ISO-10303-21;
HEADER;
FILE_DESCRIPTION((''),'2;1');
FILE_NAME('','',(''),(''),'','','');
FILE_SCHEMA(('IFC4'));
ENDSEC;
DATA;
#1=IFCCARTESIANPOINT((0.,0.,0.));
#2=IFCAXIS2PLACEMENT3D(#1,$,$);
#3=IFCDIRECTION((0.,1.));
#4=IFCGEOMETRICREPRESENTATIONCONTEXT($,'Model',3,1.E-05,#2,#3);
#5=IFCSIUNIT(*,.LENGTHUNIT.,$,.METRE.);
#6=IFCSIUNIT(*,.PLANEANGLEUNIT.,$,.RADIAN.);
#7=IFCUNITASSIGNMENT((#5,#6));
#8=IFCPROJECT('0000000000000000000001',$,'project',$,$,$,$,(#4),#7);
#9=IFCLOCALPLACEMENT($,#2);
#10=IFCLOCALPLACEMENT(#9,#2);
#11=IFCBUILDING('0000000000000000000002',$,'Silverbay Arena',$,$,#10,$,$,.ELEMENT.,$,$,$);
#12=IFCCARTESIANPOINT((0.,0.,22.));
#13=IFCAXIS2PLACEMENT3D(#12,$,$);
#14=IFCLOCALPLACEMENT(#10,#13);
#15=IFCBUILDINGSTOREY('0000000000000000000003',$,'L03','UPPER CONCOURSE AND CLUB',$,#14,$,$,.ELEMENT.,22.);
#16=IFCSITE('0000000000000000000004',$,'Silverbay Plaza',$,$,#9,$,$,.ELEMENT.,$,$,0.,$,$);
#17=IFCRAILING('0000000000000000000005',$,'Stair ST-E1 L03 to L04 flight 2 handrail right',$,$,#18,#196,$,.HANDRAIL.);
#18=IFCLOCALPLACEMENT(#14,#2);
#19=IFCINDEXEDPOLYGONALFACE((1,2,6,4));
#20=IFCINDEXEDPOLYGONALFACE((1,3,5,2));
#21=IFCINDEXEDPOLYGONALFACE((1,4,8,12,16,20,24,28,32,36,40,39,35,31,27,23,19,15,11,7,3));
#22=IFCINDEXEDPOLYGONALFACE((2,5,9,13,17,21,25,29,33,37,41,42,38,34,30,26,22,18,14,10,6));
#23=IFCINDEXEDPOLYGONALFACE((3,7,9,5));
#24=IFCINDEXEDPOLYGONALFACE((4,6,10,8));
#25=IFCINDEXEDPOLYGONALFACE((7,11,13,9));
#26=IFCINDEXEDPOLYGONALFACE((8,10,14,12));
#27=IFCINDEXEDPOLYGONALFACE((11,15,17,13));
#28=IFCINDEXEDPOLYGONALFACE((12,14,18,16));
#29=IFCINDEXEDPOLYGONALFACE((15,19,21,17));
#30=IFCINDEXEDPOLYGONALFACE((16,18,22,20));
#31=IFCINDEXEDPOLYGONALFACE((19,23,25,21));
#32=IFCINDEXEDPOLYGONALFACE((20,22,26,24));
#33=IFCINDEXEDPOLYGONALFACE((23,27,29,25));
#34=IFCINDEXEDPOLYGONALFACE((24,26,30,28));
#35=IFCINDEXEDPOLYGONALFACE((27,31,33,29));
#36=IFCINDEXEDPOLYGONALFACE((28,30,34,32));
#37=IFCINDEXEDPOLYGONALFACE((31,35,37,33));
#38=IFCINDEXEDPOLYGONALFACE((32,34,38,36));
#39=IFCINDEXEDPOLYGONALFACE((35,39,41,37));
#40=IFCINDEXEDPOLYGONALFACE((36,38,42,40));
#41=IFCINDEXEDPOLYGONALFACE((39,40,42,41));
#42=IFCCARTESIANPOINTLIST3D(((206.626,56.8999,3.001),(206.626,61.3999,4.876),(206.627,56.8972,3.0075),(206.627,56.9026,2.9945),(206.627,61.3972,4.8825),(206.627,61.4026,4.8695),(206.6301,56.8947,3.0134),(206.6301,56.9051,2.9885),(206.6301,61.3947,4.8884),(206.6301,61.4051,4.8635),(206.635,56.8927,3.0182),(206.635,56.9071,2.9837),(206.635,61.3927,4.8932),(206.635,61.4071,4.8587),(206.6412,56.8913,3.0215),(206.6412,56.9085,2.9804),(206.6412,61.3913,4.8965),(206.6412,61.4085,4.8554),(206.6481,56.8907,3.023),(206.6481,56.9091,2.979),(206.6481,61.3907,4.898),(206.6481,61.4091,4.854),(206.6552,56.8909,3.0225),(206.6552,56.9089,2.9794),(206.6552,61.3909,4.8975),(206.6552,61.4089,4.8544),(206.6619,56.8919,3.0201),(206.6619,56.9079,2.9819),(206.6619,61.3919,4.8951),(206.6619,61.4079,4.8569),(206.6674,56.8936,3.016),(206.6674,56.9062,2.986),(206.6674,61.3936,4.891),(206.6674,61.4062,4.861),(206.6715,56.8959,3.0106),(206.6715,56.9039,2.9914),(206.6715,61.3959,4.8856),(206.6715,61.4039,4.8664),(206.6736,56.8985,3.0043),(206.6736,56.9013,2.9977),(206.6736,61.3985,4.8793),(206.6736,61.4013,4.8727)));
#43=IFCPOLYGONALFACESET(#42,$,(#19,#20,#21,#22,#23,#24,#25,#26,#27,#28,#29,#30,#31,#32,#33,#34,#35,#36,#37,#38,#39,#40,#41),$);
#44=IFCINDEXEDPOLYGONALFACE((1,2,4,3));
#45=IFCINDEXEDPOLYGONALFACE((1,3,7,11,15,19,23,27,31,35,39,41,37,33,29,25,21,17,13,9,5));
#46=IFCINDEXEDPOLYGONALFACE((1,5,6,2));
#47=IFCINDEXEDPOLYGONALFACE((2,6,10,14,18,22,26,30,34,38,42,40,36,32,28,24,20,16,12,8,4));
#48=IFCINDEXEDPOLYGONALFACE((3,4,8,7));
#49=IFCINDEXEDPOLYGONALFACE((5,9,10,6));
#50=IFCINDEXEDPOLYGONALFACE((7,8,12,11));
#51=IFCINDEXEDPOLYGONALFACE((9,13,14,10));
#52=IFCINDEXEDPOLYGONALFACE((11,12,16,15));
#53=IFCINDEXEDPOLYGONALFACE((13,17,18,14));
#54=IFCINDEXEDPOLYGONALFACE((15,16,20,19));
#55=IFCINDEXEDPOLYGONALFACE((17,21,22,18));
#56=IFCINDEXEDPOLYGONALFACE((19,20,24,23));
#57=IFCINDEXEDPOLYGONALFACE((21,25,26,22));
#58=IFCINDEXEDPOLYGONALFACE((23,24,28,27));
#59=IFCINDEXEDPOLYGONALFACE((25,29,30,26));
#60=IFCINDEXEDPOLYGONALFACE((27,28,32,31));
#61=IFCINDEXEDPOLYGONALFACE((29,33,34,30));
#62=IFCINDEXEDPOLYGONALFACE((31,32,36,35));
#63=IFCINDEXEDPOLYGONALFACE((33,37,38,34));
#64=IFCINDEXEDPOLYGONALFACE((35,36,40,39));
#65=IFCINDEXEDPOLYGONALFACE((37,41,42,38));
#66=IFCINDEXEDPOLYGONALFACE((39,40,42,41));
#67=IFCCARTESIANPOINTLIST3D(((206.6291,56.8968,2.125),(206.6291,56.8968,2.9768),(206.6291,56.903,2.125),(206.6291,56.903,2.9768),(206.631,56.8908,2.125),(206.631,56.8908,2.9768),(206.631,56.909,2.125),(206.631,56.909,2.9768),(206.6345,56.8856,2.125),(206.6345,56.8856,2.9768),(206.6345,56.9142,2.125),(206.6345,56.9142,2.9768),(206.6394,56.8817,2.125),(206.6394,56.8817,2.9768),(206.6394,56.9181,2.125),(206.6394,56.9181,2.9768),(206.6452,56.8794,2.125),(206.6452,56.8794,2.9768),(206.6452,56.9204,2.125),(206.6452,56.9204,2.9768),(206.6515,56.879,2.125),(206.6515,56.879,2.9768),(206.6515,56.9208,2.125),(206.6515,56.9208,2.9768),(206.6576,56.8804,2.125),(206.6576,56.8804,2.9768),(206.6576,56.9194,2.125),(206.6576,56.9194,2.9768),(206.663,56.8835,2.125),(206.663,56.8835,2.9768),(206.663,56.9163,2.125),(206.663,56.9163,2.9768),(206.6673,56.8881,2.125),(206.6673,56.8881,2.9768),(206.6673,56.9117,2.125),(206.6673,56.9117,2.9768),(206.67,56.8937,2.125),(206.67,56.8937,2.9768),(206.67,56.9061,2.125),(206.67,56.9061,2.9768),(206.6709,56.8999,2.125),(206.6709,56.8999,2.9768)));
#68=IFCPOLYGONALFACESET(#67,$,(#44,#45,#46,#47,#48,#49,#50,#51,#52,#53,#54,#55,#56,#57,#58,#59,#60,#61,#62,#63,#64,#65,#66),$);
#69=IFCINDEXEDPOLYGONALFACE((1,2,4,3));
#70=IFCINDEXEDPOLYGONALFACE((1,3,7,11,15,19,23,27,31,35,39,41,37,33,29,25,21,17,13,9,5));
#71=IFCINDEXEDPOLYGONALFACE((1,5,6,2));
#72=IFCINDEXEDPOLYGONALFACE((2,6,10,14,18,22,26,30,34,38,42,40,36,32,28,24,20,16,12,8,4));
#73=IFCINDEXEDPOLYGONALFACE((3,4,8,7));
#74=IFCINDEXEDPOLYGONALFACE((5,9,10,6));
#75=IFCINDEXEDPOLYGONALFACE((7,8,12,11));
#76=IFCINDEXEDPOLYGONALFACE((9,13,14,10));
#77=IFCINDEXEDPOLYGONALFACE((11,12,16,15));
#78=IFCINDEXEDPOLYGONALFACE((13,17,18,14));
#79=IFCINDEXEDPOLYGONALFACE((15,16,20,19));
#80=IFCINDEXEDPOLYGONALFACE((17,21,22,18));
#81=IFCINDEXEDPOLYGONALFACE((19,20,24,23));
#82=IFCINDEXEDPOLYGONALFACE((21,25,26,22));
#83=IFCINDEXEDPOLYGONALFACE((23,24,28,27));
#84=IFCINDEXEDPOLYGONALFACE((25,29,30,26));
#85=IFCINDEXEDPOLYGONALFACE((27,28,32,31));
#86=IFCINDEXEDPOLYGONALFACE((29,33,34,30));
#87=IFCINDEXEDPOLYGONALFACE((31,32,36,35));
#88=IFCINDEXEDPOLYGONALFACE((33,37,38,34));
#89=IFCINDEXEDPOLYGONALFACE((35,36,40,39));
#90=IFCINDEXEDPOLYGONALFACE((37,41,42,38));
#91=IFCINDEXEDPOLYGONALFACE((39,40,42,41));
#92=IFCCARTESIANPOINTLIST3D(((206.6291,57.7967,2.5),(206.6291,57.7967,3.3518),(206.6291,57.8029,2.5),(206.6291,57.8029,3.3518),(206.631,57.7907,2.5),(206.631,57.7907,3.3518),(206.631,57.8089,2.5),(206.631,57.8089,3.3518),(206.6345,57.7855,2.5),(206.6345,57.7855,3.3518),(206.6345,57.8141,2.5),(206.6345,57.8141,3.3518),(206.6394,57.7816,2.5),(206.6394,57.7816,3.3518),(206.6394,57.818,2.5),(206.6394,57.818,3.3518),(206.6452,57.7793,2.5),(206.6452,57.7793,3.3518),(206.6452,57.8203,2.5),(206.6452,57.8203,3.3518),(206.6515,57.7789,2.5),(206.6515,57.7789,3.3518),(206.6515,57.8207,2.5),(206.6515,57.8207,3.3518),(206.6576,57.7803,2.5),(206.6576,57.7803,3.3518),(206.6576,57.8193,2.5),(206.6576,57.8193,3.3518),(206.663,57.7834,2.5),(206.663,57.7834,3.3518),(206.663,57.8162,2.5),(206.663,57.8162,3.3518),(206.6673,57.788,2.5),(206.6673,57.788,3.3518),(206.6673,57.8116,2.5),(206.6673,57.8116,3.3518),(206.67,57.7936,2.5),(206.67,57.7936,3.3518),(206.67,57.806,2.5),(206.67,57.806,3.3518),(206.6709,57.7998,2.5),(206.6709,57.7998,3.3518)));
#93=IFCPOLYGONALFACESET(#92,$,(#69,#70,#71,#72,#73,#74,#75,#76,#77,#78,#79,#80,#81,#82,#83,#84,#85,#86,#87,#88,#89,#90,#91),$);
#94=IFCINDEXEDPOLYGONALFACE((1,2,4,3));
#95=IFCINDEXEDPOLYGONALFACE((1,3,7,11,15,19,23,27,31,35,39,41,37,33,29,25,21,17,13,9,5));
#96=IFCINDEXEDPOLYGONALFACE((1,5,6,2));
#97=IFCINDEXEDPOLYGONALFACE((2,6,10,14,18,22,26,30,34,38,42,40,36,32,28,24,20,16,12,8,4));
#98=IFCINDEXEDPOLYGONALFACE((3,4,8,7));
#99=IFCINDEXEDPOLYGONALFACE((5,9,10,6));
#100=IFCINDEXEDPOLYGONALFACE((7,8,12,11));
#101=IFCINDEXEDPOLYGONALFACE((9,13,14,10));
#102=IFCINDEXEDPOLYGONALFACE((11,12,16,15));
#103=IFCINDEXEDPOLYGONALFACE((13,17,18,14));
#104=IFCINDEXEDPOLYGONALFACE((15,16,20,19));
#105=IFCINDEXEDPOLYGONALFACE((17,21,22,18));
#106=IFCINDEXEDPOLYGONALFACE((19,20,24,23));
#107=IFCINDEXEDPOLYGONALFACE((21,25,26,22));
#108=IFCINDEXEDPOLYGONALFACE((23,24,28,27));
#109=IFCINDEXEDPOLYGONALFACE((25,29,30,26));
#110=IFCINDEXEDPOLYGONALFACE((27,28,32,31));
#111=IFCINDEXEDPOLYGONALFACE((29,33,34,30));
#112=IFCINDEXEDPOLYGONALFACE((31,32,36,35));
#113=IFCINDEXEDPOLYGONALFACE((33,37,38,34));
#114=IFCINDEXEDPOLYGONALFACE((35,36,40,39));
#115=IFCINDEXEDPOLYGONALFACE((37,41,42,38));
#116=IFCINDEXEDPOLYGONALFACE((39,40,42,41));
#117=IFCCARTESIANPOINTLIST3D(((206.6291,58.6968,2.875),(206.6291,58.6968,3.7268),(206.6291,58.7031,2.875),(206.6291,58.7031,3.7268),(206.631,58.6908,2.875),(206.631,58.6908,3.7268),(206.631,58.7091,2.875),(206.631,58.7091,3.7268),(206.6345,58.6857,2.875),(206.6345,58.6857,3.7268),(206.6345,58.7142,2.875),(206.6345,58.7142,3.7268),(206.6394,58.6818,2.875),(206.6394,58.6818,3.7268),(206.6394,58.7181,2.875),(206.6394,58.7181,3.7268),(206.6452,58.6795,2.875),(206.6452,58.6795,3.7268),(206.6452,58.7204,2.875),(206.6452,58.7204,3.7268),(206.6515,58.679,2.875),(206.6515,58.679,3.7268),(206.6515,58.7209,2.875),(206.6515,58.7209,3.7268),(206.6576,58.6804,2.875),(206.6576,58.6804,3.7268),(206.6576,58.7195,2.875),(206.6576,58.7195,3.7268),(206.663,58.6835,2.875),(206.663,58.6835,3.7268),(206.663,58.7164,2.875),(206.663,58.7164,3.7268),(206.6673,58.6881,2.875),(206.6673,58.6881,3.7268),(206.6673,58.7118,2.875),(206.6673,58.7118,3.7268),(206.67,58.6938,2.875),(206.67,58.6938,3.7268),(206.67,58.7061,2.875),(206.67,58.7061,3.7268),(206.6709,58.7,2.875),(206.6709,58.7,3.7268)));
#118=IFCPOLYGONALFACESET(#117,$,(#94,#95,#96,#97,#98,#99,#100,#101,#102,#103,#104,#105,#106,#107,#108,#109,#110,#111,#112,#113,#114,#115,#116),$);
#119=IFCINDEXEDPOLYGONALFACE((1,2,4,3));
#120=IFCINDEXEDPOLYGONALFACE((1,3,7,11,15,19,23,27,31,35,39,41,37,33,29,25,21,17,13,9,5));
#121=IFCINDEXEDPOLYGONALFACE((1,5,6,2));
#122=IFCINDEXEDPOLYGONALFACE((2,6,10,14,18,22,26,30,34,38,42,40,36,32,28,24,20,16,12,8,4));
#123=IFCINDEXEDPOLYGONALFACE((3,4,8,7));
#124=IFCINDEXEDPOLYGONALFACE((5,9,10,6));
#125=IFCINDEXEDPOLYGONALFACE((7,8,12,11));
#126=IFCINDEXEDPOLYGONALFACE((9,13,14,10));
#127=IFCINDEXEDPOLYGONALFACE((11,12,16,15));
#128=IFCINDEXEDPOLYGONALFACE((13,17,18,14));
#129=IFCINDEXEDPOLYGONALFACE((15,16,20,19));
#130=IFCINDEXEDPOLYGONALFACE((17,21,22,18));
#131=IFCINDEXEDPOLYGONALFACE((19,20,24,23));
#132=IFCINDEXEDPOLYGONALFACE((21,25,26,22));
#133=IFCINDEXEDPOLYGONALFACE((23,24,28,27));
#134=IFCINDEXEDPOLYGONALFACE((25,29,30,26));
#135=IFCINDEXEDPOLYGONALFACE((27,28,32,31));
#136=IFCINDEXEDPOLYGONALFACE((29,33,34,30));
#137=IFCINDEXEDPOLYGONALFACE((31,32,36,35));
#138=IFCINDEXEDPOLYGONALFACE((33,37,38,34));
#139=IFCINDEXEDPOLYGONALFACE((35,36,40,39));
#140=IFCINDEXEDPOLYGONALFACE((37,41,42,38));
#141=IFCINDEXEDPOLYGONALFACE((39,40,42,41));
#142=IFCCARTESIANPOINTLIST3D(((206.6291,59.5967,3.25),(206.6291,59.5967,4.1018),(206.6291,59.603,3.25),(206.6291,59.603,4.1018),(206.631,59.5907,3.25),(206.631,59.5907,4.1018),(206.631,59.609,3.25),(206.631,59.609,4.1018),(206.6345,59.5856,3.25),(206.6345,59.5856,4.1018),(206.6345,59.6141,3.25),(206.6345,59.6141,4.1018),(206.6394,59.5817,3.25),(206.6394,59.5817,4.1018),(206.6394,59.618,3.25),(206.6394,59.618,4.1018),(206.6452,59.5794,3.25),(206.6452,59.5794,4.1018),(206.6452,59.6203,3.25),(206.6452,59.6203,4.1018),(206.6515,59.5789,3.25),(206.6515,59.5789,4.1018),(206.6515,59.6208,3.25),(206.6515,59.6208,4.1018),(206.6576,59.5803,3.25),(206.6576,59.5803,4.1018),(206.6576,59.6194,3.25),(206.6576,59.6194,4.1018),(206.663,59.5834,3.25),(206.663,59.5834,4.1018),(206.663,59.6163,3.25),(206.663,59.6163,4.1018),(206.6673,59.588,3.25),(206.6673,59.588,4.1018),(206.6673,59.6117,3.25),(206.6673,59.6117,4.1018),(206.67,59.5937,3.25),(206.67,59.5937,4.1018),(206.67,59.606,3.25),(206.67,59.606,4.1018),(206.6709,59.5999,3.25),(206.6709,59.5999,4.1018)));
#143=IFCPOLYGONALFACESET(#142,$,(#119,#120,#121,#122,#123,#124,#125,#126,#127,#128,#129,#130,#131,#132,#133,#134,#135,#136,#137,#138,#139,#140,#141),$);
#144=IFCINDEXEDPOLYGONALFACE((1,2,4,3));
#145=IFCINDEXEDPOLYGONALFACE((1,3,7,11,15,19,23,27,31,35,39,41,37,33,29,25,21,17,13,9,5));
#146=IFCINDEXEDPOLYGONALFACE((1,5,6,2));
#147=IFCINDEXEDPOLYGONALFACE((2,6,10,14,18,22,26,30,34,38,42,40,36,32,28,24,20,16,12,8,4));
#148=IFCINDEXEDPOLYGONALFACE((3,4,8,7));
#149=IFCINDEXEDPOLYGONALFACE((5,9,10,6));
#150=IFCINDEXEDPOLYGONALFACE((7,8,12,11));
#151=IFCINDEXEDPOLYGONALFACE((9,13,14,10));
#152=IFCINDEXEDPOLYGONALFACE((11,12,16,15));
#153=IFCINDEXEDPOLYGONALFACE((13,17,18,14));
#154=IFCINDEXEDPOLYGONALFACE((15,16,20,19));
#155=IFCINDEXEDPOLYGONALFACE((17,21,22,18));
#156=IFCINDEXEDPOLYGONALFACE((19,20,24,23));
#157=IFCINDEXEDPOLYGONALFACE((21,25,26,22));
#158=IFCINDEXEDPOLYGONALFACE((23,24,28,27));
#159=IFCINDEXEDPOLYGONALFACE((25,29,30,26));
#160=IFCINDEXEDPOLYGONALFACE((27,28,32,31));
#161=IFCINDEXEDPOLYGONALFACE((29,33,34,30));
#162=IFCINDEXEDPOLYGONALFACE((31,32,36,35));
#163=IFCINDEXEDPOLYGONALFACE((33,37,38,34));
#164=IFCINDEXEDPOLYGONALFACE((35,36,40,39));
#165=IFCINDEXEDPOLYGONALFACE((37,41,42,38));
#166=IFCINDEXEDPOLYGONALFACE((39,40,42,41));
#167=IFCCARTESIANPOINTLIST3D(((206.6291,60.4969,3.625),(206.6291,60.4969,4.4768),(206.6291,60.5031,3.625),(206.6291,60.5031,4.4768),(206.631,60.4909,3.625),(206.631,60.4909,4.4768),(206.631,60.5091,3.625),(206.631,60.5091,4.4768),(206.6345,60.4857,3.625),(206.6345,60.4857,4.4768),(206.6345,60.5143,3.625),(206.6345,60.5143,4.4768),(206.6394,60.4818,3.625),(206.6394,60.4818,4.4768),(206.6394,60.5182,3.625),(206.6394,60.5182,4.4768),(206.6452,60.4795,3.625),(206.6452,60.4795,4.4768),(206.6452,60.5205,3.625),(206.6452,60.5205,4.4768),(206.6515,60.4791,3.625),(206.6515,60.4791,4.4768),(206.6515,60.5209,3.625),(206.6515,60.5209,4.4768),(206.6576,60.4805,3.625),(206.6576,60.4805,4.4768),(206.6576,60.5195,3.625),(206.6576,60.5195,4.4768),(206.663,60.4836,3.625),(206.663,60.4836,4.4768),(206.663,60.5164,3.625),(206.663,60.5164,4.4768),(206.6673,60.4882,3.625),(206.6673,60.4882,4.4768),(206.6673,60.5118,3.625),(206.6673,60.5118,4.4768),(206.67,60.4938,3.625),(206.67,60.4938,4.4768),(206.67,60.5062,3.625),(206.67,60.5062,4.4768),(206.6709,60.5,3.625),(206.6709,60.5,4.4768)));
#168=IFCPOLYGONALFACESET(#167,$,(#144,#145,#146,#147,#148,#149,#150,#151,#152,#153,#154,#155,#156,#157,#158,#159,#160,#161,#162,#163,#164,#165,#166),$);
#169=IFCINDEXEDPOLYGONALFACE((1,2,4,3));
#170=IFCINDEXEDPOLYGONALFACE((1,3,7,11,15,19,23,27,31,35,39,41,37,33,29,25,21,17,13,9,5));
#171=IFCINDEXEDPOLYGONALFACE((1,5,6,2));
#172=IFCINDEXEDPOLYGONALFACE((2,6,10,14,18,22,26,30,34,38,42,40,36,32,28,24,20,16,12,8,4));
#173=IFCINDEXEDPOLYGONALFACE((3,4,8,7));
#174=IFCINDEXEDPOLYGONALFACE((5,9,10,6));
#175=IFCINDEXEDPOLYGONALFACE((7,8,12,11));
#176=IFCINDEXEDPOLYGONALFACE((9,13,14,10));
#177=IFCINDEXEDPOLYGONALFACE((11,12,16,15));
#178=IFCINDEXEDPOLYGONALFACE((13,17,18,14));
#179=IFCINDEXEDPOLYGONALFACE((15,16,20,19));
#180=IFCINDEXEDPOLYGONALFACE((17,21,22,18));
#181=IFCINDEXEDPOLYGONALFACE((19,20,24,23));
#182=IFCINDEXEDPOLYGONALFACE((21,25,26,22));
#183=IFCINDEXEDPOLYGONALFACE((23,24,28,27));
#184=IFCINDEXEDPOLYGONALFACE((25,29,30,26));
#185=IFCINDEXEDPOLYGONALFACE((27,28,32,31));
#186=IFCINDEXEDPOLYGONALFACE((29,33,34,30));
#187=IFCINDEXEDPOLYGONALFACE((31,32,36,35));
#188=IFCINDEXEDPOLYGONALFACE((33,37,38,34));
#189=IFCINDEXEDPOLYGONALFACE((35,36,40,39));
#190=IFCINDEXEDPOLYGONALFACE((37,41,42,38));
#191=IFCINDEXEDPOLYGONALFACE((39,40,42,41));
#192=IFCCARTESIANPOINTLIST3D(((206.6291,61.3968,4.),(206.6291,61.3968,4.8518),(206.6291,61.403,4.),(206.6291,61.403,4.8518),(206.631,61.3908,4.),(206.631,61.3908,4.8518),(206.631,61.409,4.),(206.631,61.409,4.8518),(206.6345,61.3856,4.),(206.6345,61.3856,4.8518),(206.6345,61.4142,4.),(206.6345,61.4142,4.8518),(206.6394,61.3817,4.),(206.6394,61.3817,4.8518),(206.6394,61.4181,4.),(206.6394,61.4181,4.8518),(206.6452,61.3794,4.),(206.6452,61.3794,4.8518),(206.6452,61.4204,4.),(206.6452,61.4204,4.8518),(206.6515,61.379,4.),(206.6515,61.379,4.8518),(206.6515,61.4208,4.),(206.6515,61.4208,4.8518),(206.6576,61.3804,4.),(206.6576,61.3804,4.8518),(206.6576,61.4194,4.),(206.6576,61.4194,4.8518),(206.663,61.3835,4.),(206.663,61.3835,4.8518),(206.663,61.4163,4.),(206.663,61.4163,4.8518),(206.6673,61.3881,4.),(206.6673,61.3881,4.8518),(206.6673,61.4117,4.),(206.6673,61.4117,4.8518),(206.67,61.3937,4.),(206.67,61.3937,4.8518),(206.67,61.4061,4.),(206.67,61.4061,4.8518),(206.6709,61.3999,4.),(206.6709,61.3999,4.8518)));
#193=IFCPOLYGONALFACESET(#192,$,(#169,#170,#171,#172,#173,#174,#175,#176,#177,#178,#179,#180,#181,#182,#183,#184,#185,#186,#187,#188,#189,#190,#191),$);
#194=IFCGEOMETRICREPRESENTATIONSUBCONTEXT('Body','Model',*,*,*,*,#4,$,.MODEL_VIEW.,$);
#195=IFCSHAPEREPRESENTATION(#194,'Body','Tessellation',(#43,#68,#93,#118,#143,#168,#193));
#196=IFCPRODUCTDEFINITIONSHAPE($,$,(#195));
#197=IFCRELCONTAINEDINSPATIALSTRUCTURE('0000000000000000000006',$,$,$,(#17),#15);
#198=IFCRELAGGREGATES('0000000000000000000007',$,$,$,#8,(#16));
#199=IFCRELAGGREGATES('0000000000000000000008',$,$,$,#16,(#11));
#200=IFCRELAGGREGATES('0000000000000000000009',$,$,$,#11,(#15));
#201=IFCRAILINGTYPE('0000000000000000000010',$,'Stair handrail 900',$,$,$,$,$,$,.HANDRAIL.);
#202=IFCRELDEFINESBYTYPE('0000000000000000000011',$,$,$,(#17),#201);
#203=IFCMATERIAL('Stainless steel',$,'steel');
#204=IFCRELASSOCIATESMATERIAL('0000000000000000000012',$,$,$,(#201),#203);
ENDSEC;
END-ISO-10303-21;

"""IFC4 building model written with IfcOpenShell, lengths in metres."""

from ifc_helpers import new_model, si_unit, direction, frame, origin, origin_2d, place, context, subcontext, project, spatial, circle, extrude, material, type_object, element, save


model = new_model("IFC4")

# Units and contexts
model_context = context("Model", 3, precision=1e-05, world=origin(), true_north=direction((0.0, 1.0)))
body_context = subcontext(model_context, "Body", "Model", "MODEL_VIEW")
ifc_project = project(units=[si_unit("LENGTHUNIT", "METRE"), si_unit("PLANEANGLEUNIT", "RADIAN")], contexts=[model_context])

# Site, building, storey
site_placement = place(None, origin())
site = spatial("IfcSite", under=ifc_project, at=site_placement, Name="Silverbay Plaza", CompositionType="ELEMENT", RefElevation=0.0)
building_placement = place(site_placement, origin())
building = spatial("IfcBuilding", under=site, at=building_placement, Name="Silverbay Arena", CompositionType="ELEMENT")
storey_placement = place(building_placement, frame((0.0, 0.0, 22.0)))
storey = spatial("IfcBuildingStorey", under=building, at=storey_placement, Name="L03", Description="UPPER CONCOURSE AND CLUB", CompositionType="ELEMENT", Elevation=22.0)

# Railing
ifc_material_1 = material(Name="Stainless steel", Category="steel")
railing_type = type_object("IfcRailingType", Name="Stair handrail 900", PredefinedType="HANDRAIL", material=ifc_material_1)
railing_placement = place(storey_placement, frame((206.6499, 56.8999, 2.125)))
element("IfcRailing", 1, at=railing_placement, inside=storey, type_object=railing_type, Name="Stair ST-E1 L03 to L04 flight 2 handrail right", PredefinedType="HANDRAIL", context=body_context, shape_type="SweptSolid", body=[
    extrude(circle(Radius=0.0239, at=origin_2d()), frame((0.0, 0.0, 0.876), z_axis=(0.0, 0.923077, 0.384615), x_axis=(-1.0, 0.0, 0.0)), (0.0, 0.0, 1.0), 4.875),
    extrude(circle(Radius=0.021, at=origin_2d()), origin(), (0.0, 0.0, 1.0), 0.8518),
    extrude(circle(Radius=0.021, at=origin_2d()), frame((0.0, 0.8999, 0.375)), (0.0, 0.0, 1.0), 0.8518),
    extrude(circle(Radius=0.021, at=origin_2d()), frame((0.0, 1.8, 0.75)), (0.0, 0.0, 1.0), 0.8518),
    extrude(circle(Radius=0.021, at=origin_2d()), frame((0.0, 2.7, 1.125)), (0.0, 0.0, 1.0), 0.8518),
    extrude(circle(Radius=0.021, at=origin_2d()), frame((0.0, 3.6001, 1.5)), (0.0, 0.0, 1.0), 0.8518),
    extrude(circle(Radius=0.021, at=origin_2d()), frame((0.0, 4.5, 1.875)), (0.0, 0.0, 1.0), 0.8518),
])

save(model, "model.ifc")
